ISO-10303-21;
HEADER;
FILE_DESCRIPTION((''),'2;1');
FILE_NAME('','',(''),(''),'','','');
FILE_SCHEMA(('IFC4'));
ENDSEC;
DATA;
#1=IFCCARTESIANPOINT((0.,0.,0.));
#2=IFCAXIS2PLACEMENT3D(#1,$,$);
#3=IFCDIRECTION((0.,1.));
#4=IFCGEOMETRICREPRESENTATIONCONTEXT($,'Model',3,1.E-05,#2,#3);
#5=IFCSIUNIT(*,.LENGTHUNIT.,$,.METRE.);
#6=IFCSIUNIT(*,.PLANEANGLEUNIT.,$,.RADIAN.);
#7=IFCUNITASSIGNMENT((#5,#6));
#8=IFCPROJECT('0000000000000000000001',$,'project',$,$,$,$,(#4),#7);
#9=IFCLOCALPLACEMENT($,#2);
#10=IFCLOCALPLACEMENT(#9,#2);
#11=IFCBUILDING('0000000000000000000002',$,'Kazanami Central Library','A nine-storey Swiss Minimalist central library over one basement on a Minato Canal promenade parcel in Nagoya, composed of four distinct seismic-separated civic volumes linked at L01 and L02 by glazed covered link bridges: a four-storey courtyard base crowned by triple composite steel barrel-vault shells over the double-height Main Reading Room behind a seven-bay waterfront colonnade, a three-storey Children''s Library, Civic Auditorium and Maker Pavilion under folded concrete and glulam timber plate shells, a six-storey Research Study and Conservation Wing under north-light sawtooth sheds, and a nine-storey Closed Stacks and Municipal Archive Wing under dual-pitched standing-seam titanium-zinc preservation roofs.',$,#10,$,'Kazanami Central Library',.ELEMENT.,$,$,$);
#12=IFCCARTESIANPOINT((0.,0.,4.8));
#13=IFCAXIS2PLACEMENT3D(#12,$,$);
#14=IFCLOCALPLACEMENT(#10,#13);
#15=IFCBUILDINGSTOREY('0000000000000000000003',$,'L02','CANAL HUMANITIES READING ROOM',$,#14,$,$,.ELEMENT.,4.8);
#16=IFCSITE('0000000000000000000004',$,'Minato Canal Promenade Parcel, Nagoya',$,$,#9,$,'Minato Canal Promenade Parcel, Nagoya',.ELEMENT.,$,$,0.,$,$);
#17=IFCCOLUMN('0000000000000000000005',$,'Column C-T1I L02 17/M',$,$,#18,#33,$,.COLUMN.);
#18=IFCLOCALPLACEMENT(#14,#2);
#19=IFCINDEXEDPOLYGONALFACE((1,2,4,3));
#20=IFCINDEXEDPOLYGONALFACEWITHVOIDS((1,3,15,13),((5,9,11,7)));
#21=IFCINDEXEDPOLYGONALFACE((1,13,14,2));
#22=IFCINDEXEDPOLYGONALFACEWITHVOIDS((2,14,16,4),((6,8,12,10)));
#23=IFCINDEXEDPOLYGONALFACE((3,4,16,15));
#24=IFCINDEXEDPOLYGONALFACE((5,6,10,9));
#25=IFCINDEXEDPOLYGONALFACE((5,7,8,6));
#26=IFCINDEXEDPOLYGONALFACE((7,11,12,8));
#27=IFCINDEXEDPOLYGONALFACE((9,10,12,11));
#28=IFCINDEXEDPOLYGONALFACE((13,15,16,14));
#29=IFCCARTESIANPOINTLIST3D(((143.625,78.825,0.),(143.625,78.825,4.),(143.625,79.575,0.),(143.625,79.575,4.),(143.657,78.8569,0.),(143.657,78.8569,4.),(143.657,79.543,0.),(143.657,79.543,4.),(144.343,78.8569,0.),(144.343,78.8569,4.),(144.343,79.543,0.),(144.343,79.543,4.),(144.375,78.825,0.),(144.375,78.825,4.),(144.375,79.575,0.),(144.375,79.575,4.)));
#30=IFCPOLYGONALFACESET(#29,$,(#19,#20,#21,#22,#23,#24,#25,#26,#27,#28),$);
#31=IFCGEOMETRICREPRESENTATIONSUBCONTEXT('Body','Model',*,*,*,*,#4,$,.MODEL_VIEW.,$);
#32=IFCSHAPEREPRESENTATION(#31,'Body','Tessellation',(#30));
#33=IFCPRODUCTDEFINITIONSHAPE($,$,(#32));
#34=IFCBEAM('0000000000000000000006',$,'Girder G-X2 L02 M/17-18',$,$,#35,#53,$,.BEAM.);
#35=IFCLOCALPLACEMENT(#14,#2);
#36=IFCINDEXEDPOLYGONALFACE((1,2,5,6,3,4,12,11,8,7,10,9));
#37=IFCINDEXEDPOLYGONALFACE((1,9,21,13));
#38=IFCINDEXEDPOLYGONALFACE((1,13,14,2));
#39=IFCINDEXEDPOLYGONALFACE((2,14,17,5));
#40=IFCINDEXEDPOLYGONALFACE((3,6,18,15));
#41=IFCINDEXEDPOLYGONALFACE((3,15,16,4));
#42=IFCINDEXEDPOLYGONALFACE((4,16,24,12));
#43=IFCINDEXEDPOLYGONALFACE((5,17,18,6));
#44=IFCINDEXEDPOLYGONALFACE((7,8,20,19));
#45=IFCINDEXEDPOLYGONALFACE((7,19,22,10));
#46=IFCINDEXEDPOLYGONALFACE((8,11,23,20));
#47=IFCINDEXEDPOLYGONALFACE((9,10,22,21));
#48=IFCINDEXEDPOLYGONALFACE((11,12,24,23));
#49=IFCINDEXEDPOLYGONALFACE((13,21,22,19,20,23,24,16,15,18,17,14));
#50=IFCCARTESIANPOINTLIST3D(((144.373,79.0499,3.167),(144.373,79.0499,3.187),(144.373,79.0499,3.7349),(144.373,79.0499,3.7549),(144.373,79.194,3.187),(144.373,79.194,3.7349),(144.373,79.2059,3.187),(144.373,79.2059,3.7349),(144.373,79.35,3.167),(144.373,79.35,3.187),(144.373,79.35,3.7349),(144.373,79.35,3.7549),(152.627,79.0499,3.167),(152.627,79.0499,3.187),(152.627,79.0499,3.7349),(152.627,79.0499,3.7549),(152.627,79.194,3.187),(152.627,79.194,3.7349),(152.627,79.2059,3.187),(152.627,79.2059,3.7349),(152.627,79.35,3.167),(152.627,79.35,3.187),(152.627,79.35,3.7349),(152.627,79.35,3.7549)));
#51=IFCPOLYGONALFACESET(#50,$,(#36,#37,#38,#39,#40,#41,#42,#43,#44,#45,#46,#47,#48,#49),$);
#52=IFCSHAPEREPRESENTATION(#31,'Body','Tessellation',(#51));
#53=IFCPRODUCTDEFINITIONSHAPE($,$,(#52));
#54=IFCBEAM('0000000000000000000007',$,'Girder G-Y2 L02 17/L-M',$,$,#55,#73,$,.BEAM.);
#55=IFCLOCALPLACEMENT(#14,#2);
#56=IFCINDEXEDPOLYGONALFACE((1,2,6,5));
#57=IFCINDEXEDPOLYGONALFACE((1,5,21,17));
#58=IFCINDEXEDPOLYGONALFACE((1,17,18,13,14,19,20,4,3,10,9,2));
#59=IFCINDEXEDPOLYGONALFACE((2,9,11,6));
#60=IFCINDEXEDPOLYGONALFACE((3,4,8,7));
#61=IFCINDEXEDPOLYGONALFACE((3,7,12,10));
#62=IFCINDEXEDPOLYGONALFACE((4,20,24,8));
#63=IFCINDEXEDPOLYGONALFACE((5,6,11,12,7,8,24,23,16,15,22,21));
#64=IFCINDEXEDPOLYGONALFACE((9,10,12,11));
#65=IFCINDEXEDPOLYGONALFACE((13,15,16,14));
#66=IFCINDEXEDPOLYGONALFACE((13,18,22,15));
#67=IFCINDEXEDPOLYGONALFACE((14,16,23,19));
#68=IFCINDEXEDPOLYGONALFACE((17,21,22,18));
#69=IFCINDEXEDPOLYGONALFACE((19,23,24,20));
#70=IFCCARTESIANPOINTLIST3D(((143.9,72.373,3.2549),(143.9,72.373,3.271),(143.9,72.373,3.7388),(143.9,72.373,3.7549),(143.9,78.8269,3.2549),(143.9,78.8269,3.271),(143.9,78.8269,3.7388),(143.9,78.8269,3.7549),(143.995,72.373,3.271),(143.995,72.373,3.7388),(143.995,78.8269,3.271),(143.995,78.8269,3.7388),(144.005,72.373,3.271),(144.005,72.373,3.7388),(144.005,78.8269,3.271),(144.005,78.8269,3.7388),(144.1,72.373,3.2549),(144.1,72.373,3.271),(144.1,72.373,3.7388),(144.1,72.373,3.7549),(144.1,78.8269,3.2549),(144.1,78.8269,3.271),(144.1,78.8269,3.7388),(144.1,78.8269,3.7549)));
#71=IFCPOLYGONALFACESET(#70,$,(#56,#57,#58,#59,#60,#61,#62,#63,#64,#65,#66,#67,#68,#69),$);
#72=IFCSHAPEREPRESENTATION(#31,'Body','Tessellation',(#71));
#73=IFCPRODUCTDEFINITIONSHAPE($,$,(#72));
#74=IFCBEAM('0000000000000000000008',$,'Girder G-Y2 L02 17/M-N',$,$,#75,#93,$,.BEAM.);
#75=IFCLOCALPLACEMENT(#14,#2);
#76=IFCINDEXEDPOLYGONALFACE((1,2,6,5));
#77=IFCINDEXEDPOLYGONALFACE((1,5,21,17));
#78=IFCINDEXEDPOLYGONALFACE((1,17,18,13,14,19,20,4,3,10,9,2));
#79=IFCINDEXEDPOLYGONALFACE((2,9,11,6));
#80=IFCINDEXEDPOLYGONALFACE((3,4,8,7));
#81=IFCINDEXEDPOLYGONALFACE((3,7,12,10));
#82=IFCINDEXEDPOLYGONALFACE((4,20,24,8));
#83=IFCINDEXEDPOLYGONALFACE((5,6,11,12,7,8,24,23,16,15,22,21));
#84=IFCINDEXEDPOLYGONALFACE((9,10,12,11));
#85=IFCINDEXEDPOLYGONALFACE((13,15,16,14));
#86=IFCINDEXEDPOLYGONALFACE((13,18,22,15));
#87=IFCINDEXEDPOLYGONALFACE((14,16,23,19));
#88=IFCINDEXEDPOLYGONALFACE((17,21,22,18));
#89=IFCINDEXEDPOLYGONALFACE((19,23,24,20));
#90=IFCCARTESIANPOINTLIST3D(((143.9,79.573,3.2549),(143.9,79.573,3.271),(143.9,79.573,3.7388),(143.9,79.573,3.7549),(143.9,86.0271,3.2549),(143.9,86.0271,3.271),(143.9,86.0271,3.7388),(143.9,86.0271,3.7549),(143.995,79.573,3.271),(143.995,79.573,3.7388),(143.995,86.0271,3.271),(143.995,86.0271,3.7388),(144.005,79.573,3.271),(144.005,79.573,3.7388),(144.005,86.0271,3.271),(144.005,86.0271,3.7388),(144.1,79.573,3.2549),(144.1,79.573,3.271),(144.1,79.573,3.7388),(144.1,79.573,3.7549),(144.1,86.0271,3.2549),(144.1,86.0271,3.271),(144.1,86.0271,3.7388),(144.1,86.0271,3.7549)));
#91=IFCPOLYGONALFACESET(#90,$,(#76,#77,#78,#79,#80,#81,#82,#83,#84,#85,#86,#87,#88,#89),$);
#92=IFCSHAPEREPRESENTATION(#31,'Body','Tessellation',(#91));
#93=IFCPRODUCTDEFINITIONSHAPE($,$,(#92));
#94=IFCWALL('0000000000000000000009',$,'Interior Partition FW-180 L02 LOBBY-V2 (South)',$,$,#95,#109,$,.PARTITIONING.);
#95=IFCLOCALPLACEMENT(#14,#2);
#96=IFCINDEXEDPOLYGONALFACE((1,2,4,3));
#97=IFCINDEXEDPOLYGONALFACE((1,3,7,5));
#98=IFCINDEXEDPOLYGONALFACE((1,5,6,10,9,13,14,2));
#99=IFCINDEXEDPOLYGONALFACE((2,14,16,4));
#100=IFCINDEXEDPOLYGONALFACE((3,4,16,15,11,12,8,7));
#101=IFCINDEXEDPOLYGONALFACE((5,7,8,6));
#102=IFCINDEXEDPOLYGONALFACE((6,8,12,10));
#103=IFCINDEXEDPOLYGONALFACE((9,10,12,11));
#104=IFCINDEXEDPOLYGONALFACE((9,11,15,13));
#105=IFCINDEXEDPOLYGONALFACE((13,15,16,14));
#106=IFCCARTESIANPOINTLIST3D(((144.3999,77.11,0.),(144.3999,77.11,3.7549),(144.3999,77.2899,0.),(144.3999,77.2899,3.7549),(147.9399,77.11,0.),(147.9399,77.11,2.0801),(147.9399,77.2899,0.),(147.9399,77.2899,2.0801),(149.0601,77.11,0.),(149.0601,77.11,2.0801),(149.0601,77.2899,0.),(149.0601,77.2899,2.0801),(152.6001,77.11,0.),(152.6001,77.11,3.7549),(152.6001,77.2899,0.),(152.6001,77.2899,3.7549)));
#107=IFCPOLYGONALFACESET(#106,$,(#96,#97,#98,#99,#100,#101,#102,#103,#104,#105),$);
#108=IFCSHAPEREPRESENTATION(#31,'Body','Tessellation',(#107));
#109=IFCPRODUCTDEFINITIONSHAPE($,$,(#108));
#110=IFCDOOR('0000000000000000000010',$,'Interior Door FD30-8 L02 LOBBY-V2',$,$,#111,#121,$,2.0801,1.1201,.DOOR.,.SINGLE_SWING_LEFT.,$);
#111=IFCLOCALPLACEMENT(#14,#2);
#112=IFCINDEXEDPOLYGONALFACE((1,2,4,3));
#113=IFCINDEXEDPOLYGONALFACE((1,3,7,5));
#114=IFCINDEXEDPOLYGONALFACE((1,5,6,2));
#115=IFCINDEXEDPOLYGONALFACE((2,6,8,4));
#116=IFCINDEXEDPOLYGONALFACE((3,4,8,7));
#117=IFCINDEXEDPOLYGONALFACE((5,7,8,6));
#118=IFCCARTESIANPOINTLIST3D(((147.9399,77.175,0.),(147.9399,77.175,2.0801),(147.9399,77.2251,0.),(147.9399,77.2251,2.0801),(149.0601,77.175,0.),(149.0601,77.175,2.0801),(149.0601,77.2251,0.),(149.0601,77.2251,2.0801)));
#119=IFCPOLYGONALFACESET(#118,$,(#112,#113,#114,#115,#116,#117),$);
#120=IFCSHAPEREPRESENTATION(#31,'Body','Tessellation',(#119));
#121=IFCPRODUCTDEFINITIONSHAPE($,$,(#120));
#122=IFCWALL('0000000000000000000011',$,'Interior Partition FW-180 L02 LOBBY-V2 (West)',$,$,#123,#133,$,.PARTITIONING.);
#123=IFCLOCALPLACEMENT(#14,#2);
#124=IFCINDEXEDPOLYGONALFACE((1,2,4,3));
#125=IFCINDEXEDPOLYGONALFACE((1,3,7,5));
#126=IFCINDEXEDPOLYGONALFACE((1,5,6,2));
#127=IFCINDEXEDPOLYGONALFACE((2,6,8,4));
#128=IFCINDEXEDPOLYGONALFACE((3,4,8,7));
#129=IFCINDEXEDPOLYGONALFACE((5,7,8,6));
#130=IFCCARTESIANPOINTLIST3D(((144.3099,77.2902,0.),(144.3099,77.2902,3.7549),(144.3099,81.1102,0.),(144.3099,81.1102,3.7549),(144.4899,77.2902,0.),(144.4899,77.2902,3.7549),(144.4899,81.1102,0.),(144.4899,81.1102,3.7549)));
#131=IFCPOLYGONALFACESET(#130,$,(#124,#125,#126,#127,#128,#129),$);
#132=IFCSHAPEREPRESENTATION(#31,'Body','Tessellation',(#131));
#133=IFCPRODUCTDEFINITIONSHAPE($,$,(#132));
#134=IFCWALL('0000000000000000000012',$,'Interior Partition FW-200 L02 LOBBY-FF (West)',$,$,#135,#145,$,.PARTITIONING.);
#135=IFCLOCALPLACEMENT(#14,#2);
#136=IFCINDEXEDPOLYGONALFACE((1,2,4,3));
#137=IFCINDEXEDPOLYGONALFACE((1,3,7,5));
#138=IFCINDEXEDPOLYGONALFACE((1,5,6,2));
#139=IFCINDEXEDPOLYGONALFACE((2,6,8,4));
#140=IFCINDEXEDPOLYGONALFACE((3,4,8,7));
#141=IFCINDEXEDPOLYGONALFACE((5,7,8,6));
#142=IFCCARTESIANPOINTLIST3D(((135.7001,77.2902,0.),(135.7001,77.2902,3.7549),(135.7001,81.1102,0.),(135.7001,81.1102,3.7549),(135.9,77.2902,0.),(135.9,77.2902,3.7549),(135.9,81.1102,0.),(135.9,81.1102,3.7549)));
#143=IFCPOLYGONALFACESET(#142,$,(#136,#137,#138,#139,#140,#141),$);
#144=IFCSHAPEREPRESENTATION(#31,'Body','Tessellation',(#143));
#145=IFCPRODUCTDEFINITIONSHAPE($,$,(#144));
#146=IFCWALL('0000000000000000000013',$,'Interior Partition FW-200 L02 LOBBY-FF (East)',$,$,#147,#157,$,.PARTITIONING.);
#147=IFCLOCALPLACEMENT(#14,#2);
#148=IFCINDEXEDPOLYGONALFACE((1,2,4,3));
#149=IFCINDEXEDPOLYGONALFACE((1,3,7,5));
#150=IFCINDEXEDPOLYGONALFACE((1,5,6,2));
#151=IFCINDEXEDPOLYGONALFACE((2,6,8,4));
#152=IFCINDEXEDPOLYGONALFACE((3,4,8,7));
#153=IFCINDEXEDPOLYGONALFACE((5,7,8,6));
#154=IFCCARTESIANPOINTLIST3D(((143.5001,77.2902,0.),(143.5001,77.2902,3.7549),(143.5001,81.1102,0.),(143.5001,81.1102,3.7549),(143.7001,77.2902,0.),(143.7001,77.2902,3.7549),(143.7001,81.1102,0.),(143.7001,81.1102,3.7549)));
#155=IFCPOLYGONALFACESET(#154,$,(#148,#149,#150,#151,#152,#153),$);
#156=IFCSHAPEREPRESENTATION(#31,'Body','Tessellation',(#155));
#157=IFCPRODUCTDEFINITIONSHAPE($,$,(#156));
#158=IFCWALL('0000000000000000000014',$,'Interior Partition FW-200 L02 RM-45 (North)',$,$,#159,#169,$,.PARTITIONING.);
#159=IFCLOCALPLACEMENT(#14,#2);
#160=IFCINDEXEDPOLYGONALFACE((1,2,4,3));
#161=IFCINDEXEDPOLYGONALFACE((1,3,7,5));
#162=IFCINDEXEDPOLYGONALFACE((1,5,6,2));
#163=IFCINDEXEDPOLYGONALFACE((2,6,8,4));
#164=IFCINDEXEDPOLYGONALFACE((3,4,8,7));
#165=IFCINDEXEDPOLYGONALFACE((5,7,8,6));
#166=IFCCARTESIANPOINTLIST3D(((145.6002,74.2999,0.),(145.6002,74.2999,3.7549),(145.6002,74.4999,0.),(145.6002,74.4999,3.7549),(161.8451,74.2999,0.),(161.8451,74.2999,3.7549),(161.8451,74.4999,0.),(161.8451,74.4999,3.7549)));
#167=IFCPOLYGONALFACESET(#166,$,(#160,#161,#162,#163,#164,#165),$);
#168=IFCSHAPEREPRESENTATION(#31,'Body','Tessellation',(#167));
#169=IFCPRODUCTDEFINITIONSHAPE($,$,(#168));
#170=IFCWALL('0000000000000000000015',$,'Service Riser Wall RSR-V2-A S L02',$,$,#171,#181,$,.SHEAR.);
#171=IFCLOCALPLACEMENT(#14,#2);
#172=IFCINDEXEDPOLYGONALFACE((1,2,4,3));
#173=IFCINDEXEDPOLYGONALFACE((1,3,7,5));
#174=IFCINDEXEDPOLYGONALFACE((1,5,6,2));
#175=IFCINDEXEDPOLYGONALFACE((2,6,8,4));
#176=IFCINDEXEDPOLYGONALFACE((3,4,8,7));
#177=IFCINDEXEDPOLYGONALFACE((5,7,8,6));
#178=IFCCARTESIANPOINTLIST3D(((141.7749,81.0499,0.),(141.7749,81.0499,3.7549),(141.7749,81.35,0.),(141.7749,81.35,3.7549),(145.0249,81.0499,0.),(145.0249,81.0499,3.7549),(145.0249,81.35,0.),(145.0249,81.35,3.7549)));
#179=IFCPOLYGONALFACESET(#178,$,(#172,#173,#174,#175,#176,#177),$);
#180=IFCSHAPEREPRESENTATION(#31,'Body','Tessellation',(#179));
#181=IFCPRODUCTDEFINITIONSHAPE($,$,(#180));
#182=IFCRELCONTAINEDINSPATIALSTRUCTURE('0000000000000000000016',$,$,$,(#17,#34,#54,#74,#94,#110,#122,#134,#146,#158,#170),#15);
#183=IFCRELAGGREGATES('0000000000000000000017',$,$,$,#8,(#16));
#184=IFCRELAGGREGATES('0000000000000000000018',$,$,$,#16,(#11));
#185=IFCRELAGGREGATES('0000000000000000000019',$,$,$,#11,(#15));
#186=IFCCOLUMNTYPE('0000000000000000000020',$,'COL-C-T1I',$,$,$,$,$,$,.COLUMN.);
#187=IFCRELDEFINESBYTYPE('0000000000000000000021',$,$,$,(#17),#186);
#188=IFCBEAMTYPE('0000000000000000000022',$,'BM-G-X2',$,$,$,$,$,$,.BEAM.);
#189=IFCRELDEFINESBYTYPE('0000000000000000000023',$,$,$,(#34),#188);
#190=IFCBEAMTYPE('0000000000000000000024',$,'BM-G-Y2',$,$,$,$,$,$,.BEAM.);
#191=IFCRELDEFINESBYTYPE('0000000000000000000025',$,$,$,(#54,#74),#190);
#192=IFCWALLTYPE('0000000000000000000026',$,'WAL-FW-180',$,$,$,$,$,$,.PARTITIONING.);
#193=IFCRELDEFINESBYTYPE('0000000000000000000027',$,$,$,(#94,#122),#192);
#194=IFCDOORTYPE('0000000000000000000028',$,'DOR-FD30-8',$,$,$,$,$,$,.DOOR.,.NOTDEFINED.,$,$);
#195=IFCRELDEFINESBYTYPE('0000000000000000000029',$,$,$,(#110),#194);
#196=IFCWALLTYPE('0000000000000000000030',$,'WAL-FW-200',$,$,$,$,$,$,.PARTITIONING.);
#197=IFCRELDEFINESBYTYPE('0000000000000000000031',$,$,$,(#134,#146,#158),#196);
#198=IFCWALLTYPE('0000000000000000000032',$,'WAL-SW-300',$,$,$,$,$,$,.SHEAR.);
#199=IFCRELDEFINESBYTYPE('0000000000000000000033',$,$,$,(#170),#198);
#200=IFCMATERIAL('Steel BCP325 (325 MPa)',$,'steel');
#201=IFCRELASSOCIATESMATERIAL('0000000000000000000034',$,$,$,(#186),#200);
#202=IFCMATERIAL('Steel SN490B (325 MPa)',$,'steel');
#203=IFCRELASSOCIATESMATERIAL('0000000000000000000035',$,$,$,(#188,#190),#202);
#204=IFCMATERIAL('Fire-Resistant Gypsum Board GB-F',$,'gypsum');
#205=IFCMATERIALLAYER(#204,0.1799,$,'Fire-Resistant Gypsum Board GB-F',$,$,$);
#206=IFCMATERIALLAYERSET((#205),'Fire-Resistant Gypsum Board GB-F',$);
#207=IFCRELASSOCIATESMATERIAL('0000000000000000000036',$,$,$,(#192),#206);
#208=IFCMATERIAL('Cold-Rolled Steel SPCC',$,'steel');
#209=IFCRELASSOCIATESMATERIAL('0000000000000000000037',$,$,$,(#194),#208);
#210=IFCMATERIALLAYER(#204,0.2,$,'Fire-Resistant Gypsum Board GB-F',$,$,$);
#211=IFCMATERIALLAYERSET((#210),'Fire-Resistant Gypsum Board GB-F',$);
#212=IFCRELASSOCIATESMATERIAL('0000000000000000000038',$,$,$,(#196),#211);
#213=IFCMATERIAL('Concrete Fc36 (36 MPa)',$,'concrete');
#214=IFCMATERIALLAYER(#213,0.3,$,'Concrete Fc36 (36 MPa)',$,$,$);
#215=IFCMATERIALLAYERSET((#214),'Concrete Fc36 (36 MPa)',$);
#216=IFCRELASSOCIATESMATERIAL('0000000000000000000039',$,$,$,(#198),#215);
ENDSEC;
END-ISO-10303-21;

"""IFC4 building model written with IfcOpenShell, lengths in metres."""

from ifc_helpers import new_model, si_unit, direction, frame, frame_2d, origin, origin_2d, place, context, subcontext, project, spatial, rectangle, hollow_rectangle, i_section, extrude, material, layer, layer_set, material_profile, profile_set, type_object, element, fill, save


model = new_model("IFC4")

# Units and contexts
model_context = context("Model", 3, precision=1e-05, world=origin(), true_north=direction((0.0, 1.0)))
body_context = subcontext(model_context, "Body", "Model", "MODEL_VIEW")
ifc_project = project(units=[si_unit("LENGTHUNIT", "METRE"), si_unit("PLANEANGLEUNIT", "RADIAN")], contexts=[model_context])

# Site, building, storey
site_placement = place(None, origin())
site = spatial("IfcSite", under=ifc_project, at=site_placement, Name="Minato Canal Promenade Parcel, Nagoya", LongName="Minato Canal Promenade Parcel, Nagoya", CompositionType="ELEMENT", RefElevation=0.0)
building_placement = place(site_placement, origin())
building = spatial("IfcBuilding", under=site, at=building_placement, Name="Kazanami Central Library", Description="A nine-storey Swiss Minimalist central library over one basement on a Minato Canal promenade parcel in Nagoya, composed of four distinct seismic-separated civic volumes linked at L01 and L02 by glazed covered link bridges: a four-storey courtyard base crowned by triple composite steel barrel-vault shells over the double-height Main Reading Room behind a seven-bay waterfront colonnade, a three-storey Children's Library, Civic Auditorium and Maker Pavilion under folded concrete and glulam timber plate shells, a six-storey Research Study and Conservation Wing under north-light sawtooth sheds, and a nine-storey Closed Stacks and Municipal Archive Wing under dual-pitched standing-seam titanium-zinc preservation roofs.", LongName="Kazanami Central Library", CompositionType="ELEMENT")
storey_placement = place(building_placement, frame((0.0, 0.0, 4.8)))
storey = spatial("IfcBuildingStorey", under=building, at=storey_placement, Name="L02", Description="CANAL HUMANITIES READING ROOM", CompositionType="ELEMENT", Elevation=4.8)

# Column
ifc_material_1 = material(Name="Steel BCP325 (325 MPa)", Category="steel")
ifc_material_profile_1 = material_profile(ifc_material_1, hollow_rectangle(XDim=0.75, YDim=0.75, WallThickness=0.032, at=origin_2d()), Name="BCP-750x750x32")
ifc_profile_set_1 = profile_set([ifc_material_profile_1], Name="Steel BCP325 (325 MPa)")
column_type = type_object("IfcColumnType", Name="COL-C-T1I", PredefinedType="COLUMN", material=ifc_profile_set_1)
column_placement = place(storey_placement, frame((144.0, 79.2, 0.0), z_axis=(0.0, 0.0, 1.0), x_axis=(1.0, 0.0, 0.0)))
element("IfcColumn", 1, at=column_placement, inside=storey, type_object=column_type, Name="Column C-T1I L02 17/M", PredefinedType="COLUMN", context=body_context, shape_type="SweptSolid", body=[
    extrude(hollow_rectangle(XDim=0.75, YDim=0.75, WallThickness=0.032, at=origin_2d()), origin(), (0.0, 0.0, 1.0), 4.0),
])

# Beams
ifc_material_2 = material(Name="Steel SN490B (325 MPa)", Category="steel")
ifc_material_profile_2 = material_profile(ifc_material_2, i_section(OverallWidth=0.3, OverallDepth=0.5879, WebThickness=0.012, FlangeThickness=0.02, at=origin_2d()), Name="H-588x300x12x20")
ifc_profile_set_2 = profile_set([ifc_material_profile_2], Name="Steel SN490B (325 MPa)")
beam_type_1 = type_object("IfcBeamType", Name="BM-G-X2", PredefinedType="BEAM", material=ifc_profile_set_2)
beam_1_placement = place(storey_placement, frame((144.373, 79.2, 3.4609), z_axis=(1.0, 0.0, 0.0), x_axis=(0.0, 1.0, 0.0)))
element("IfcBeam", 2, at=beam_1_placement, inside=storey, type_object=beam_type_1, Name="Girder G-X2 L02 M/17-18", PredefinedType="BEAM", context=body_context, shape_type="SweptSolid", body=[
    extrude(i_section(OverallWidth=0.3, OverallDepth=0.5879, WebThickness=0.012, FlangeThickness=0.02, at=origin_2d()), origin(), (0.0, 0.0, 1.0), 8.2539),
])
ifc_material_profile_3 = material_profile(ifc_material_2, i_section(OverallWidth=0.2, OverallDepth=0.5, WebThickness=0.01, FlangeThickness=0.0161, at=origin_2d()), Name="H-500x200x10x16")
ifc_profile_set_3 = profile_set([ifc_material_profile_3], Name="Steel SN490B (325 MPa)")
beam_type_2 = type_object("IfcBeamType", Name="BM-G-Y2", PredefinedType="BEAM", material=ifc_profile_set_3)
beam_2_placement = place(storey_placement, frame((144.0, 72.373, 3.5049), z_axis=(0.0, 1.0, 0.0), x_axis=(-1.0, 0.0, 0.0)))
element("IfcBeam", 3, at=beam_2_placement, inside=storey, type_object=beam_type_2, Name="Girder G-Y2 L02 17/L-M", PredefinedType="BEAM", context=body_context, shape_type="SweptSolid", body=[
    extrude(i_section(OverallWidth=0.2, OverallDepth=0.5, WebThickness=0.01, FlangeThickness=0.0161, at=origin_2d()), origin(), (0.0, 0.0, 1.0), 6.4539),
])
beam_3_placement = place(storey_placement, frame((144.0, 79.573, 3.5049), z_axis=(0.0, 1.0, 0.0), x_axis=(-1.0, 0.0, 0.0)))
element("IfcBeam", 4, at=beam_3_placement, inside=storey, type_object=beam_type_2, Name="Girder G-Y2 L02 17/M-N", PredefinedType="BEAM", context=body_context, shape_type="SweptSolid", body=[
    extrude(i_section(OverallWidth=0.2, OverallDepth=0.5, WebThickness=0.01, FlangeThickness=0.0161, at=origin_2d()), origin(), (0.0, 0.0, 1.0), 6.4541),
])

# Wall, opening, door
ifc_material_3 = material(Name="Fire-Resistant Gypsum Board GB-F", Category="gypsum")
ifc_layer_1 = layer(ifc_material_3, 0.1799, Name="Fire-Resistant Gypsum Board GB-F")
ifc_layer_set_1 = layer_set([ifc_layer_1], Name="Fire-Resistant Gypsum Board GB-F")
wall_type_1 = type_object("IfcWallType", Name="WAL-FW-180", PredefinedType="PARTITIONING", material=ifc_layer_set_1)
wall_1_placement = place(storey_placement, frame((144.3999, 77.2, 0.0), z_axis=(0.0, 0.0, 1.0), x_axis=(1.0, 0.0, 0.0)))
wall_1 = element("IfcWall", 5, at=wall_1_placement, inside=storey, type_object=wall_type_1, Name="Interior Partition FW-180 L02 LOBBY-V2 (South)", PredefinedType="PARTITIONING", context=body_context, shape_type="SweptSolid", body=[
    extrude(rectangle(XDim=8.2002, YDim=0.1799, at=frame_2d((4.1001, 0.0))), origin(), (0.0, 0.0, 1.0), 3.7549),
])
opening_1_placement = place(wall_1_placement, frame((3.54, 0.0, 0.0)))
opening_1 = element("IfcOpeningElement", 6, at=opening_1_placement, cuts=wall_1, PredefinedType="OPENING", context=body_context, shape_type="SweptSolid", body=[
    extrude(rectangle(XDim=1.1201, YDim=2.0801, at=frame_2d((0.5601, 1.04))), frame((0.0, 0.1021, 0.0), z_axis=(0.0, -1.0, 0.0), x_axis=(1.0, 0.0, 0.0)), (0.0, 0.0, 1.0), 0.2039),
])
ifc_material_4 = material(Name="Cold-Rolled Steel SPCC", Category="steel")
door_type_1 = type_object("IfcDoorType", Name="DOR-FD30-8", OperationType="NOTDEFINED", PredefinedType="DOOR", material=ifc_material_4)
door_1_placement = place(opening_1_placement, frame((1.1201, 0.0, 0.0), z_axis=(0.0, 0.0, 1.0), x_axis=(-1.0, 0.0, 0.0)))
door_1 = element("IfcDoor", 7, at=door_1_placement, inside=storey, type_object=door_type_1, Name="Interior Door FD30-8 L02 LOBBY-V2", OperationType="SINGLE_SWING_LEFT", OverallHeight=2.0801, OverallWidth=1.1201, PredefinedType="DOOR", context=body_context, shape_type="SweptSolid", body=[
    extrude(rectangle(XDim=1.1201, YDim=2.0801, at=frame_2d((0.5601, 1.04))), frame((0.0, 0.0249, 0.0), z_axis=(0.0, -1.0, 0.0), x_axis=(1.0, 0.0, 0.0)), (0.0, 0.0, 1.0), 0.05),
])
fill(opening_1, door_1)

# Walls
wall_2_placement = place(storey_placement, frame((144.3999, 77.29, 0.0), z_axis=(0.0, 0.0, 1.0), x_axis=(0.0, 1.0, 0.0)))
element("IfcWall", 8, at=wall_2_placement, inside=storey, type_object=wall_type_1, Name="Interior Partition FW-180 L02 LOBBY-V2 (West)", PredefinedType="PARTITIONING", context=body_context, shape_type="SweptSolid", body=[
    extrude(rectangle(XDim=3.8201, YDim=0.1799, at=frame_2d((1.9102, 0.0))), origin(), (0.0, 0.0, 1.0), 3.7549),
])
ifc_layer_2 = layer(ifc_material_3, 0.2, Name="Fire-Resistant Gypsum Board GB-F")
ifc_layer_set_2 = layer_set([ifc_layer_2], Name="Fire-Resistant Gypsum Board GB-F")
wall_type_2 = type_object("IfcWallType", Name="WAL-FW-200", PredefinedType="PARTITIONING", material=ifc_layer_set_2)
for number, where, z_axis, x_axis, name in (
    (9, (135.8, 77.29, 0.0), (0.0, 0.0, 1.0), (0.0, 1.0, 0.0), "Interior Partition FW-200 L02 LOBBY-FF (West)"),
    (10, (143.6001, 77.29, 0.0), (0.0, 0.0, 1.0), (0.0, 1.0, 0.0), "Interior Partition FW-200 L02 LOBBY-FF (East)"),
):
    element("IfcWall", number, at=place(storey_placement, frame(where, z_axis=z_axis, x_axis=x_axis)), inside=storey, type_object=wall_type_2, Name=name, PredefinedType="PARTITIONING", context=body_context, shape_type="SweptSolid", body=[
        extrude(rectangle(XDim=3.8201, YDim=0.2, at=frame_2d((1.9102, 0.0))), origin(), (0.0, 0.0, 1.0), 3.7549),
    ])
wall_3_placement = place(storey_placement, frame((145.6001, 74.3999, 0.0), z_axis=(0.0, 0.0, 1.0), x_axis=(1.0, 0.0, 0.0)))
element("IfcWall", 11, at=wall_3_placement, inside=storey, type_object=wall_type_2, Name="Interior Partition FW-200 L02 RM-45 (North)", PredefinedType="PARTITIONING", context=body_context, shape_type="SweptSolid", body=[
    extrude(rectangle(XDim=16.2449, YDim=0.2, at=frame_2d((8.1226, 0.0))), origin(), (0.0, 0.0, 1.0), 3.7549),
])
ifc_material_5 = material(Name="Concrete Fc36 (36 MPa)", Category="concrete")
ifc_layer_3 = layer(ifc_material_5, 0.3, Name="Concrete Fc36 (36 MPa)")
ifc_layer_set_3 = layer_set([ifc_layer_3], Name="Concrete Fc36 (36 MPa)")
wall_type_3 = type_object("IfcWallType", Name="WAL-SW-300", PredefinedType="SHEAR", material=ifc_layer_set_3)
wall_4_placement = place(storey_placement, frame((141.7749, 81.2, 0.0), z_axis=(0.0, 0.0, 1.0), x_axis=(1.0, 0.0, 0.0)))
element("IfcWall", 12, at=wall_4_placement, inside=storey, type_object=wall_type_3, Name="Service Riser Wall RSR-V2-A S L02", PredefinedType="SHEAR", context=body_context, shape_type="SweptSolid", body=[
    extrude(rectangle(XDim=3.25, YDim=0.3, at=frame_2d((1.625, 0.0))), origin(), (0.0, 0.0, 1.0), 3.7549),
])

save(model, "model.ifc")
